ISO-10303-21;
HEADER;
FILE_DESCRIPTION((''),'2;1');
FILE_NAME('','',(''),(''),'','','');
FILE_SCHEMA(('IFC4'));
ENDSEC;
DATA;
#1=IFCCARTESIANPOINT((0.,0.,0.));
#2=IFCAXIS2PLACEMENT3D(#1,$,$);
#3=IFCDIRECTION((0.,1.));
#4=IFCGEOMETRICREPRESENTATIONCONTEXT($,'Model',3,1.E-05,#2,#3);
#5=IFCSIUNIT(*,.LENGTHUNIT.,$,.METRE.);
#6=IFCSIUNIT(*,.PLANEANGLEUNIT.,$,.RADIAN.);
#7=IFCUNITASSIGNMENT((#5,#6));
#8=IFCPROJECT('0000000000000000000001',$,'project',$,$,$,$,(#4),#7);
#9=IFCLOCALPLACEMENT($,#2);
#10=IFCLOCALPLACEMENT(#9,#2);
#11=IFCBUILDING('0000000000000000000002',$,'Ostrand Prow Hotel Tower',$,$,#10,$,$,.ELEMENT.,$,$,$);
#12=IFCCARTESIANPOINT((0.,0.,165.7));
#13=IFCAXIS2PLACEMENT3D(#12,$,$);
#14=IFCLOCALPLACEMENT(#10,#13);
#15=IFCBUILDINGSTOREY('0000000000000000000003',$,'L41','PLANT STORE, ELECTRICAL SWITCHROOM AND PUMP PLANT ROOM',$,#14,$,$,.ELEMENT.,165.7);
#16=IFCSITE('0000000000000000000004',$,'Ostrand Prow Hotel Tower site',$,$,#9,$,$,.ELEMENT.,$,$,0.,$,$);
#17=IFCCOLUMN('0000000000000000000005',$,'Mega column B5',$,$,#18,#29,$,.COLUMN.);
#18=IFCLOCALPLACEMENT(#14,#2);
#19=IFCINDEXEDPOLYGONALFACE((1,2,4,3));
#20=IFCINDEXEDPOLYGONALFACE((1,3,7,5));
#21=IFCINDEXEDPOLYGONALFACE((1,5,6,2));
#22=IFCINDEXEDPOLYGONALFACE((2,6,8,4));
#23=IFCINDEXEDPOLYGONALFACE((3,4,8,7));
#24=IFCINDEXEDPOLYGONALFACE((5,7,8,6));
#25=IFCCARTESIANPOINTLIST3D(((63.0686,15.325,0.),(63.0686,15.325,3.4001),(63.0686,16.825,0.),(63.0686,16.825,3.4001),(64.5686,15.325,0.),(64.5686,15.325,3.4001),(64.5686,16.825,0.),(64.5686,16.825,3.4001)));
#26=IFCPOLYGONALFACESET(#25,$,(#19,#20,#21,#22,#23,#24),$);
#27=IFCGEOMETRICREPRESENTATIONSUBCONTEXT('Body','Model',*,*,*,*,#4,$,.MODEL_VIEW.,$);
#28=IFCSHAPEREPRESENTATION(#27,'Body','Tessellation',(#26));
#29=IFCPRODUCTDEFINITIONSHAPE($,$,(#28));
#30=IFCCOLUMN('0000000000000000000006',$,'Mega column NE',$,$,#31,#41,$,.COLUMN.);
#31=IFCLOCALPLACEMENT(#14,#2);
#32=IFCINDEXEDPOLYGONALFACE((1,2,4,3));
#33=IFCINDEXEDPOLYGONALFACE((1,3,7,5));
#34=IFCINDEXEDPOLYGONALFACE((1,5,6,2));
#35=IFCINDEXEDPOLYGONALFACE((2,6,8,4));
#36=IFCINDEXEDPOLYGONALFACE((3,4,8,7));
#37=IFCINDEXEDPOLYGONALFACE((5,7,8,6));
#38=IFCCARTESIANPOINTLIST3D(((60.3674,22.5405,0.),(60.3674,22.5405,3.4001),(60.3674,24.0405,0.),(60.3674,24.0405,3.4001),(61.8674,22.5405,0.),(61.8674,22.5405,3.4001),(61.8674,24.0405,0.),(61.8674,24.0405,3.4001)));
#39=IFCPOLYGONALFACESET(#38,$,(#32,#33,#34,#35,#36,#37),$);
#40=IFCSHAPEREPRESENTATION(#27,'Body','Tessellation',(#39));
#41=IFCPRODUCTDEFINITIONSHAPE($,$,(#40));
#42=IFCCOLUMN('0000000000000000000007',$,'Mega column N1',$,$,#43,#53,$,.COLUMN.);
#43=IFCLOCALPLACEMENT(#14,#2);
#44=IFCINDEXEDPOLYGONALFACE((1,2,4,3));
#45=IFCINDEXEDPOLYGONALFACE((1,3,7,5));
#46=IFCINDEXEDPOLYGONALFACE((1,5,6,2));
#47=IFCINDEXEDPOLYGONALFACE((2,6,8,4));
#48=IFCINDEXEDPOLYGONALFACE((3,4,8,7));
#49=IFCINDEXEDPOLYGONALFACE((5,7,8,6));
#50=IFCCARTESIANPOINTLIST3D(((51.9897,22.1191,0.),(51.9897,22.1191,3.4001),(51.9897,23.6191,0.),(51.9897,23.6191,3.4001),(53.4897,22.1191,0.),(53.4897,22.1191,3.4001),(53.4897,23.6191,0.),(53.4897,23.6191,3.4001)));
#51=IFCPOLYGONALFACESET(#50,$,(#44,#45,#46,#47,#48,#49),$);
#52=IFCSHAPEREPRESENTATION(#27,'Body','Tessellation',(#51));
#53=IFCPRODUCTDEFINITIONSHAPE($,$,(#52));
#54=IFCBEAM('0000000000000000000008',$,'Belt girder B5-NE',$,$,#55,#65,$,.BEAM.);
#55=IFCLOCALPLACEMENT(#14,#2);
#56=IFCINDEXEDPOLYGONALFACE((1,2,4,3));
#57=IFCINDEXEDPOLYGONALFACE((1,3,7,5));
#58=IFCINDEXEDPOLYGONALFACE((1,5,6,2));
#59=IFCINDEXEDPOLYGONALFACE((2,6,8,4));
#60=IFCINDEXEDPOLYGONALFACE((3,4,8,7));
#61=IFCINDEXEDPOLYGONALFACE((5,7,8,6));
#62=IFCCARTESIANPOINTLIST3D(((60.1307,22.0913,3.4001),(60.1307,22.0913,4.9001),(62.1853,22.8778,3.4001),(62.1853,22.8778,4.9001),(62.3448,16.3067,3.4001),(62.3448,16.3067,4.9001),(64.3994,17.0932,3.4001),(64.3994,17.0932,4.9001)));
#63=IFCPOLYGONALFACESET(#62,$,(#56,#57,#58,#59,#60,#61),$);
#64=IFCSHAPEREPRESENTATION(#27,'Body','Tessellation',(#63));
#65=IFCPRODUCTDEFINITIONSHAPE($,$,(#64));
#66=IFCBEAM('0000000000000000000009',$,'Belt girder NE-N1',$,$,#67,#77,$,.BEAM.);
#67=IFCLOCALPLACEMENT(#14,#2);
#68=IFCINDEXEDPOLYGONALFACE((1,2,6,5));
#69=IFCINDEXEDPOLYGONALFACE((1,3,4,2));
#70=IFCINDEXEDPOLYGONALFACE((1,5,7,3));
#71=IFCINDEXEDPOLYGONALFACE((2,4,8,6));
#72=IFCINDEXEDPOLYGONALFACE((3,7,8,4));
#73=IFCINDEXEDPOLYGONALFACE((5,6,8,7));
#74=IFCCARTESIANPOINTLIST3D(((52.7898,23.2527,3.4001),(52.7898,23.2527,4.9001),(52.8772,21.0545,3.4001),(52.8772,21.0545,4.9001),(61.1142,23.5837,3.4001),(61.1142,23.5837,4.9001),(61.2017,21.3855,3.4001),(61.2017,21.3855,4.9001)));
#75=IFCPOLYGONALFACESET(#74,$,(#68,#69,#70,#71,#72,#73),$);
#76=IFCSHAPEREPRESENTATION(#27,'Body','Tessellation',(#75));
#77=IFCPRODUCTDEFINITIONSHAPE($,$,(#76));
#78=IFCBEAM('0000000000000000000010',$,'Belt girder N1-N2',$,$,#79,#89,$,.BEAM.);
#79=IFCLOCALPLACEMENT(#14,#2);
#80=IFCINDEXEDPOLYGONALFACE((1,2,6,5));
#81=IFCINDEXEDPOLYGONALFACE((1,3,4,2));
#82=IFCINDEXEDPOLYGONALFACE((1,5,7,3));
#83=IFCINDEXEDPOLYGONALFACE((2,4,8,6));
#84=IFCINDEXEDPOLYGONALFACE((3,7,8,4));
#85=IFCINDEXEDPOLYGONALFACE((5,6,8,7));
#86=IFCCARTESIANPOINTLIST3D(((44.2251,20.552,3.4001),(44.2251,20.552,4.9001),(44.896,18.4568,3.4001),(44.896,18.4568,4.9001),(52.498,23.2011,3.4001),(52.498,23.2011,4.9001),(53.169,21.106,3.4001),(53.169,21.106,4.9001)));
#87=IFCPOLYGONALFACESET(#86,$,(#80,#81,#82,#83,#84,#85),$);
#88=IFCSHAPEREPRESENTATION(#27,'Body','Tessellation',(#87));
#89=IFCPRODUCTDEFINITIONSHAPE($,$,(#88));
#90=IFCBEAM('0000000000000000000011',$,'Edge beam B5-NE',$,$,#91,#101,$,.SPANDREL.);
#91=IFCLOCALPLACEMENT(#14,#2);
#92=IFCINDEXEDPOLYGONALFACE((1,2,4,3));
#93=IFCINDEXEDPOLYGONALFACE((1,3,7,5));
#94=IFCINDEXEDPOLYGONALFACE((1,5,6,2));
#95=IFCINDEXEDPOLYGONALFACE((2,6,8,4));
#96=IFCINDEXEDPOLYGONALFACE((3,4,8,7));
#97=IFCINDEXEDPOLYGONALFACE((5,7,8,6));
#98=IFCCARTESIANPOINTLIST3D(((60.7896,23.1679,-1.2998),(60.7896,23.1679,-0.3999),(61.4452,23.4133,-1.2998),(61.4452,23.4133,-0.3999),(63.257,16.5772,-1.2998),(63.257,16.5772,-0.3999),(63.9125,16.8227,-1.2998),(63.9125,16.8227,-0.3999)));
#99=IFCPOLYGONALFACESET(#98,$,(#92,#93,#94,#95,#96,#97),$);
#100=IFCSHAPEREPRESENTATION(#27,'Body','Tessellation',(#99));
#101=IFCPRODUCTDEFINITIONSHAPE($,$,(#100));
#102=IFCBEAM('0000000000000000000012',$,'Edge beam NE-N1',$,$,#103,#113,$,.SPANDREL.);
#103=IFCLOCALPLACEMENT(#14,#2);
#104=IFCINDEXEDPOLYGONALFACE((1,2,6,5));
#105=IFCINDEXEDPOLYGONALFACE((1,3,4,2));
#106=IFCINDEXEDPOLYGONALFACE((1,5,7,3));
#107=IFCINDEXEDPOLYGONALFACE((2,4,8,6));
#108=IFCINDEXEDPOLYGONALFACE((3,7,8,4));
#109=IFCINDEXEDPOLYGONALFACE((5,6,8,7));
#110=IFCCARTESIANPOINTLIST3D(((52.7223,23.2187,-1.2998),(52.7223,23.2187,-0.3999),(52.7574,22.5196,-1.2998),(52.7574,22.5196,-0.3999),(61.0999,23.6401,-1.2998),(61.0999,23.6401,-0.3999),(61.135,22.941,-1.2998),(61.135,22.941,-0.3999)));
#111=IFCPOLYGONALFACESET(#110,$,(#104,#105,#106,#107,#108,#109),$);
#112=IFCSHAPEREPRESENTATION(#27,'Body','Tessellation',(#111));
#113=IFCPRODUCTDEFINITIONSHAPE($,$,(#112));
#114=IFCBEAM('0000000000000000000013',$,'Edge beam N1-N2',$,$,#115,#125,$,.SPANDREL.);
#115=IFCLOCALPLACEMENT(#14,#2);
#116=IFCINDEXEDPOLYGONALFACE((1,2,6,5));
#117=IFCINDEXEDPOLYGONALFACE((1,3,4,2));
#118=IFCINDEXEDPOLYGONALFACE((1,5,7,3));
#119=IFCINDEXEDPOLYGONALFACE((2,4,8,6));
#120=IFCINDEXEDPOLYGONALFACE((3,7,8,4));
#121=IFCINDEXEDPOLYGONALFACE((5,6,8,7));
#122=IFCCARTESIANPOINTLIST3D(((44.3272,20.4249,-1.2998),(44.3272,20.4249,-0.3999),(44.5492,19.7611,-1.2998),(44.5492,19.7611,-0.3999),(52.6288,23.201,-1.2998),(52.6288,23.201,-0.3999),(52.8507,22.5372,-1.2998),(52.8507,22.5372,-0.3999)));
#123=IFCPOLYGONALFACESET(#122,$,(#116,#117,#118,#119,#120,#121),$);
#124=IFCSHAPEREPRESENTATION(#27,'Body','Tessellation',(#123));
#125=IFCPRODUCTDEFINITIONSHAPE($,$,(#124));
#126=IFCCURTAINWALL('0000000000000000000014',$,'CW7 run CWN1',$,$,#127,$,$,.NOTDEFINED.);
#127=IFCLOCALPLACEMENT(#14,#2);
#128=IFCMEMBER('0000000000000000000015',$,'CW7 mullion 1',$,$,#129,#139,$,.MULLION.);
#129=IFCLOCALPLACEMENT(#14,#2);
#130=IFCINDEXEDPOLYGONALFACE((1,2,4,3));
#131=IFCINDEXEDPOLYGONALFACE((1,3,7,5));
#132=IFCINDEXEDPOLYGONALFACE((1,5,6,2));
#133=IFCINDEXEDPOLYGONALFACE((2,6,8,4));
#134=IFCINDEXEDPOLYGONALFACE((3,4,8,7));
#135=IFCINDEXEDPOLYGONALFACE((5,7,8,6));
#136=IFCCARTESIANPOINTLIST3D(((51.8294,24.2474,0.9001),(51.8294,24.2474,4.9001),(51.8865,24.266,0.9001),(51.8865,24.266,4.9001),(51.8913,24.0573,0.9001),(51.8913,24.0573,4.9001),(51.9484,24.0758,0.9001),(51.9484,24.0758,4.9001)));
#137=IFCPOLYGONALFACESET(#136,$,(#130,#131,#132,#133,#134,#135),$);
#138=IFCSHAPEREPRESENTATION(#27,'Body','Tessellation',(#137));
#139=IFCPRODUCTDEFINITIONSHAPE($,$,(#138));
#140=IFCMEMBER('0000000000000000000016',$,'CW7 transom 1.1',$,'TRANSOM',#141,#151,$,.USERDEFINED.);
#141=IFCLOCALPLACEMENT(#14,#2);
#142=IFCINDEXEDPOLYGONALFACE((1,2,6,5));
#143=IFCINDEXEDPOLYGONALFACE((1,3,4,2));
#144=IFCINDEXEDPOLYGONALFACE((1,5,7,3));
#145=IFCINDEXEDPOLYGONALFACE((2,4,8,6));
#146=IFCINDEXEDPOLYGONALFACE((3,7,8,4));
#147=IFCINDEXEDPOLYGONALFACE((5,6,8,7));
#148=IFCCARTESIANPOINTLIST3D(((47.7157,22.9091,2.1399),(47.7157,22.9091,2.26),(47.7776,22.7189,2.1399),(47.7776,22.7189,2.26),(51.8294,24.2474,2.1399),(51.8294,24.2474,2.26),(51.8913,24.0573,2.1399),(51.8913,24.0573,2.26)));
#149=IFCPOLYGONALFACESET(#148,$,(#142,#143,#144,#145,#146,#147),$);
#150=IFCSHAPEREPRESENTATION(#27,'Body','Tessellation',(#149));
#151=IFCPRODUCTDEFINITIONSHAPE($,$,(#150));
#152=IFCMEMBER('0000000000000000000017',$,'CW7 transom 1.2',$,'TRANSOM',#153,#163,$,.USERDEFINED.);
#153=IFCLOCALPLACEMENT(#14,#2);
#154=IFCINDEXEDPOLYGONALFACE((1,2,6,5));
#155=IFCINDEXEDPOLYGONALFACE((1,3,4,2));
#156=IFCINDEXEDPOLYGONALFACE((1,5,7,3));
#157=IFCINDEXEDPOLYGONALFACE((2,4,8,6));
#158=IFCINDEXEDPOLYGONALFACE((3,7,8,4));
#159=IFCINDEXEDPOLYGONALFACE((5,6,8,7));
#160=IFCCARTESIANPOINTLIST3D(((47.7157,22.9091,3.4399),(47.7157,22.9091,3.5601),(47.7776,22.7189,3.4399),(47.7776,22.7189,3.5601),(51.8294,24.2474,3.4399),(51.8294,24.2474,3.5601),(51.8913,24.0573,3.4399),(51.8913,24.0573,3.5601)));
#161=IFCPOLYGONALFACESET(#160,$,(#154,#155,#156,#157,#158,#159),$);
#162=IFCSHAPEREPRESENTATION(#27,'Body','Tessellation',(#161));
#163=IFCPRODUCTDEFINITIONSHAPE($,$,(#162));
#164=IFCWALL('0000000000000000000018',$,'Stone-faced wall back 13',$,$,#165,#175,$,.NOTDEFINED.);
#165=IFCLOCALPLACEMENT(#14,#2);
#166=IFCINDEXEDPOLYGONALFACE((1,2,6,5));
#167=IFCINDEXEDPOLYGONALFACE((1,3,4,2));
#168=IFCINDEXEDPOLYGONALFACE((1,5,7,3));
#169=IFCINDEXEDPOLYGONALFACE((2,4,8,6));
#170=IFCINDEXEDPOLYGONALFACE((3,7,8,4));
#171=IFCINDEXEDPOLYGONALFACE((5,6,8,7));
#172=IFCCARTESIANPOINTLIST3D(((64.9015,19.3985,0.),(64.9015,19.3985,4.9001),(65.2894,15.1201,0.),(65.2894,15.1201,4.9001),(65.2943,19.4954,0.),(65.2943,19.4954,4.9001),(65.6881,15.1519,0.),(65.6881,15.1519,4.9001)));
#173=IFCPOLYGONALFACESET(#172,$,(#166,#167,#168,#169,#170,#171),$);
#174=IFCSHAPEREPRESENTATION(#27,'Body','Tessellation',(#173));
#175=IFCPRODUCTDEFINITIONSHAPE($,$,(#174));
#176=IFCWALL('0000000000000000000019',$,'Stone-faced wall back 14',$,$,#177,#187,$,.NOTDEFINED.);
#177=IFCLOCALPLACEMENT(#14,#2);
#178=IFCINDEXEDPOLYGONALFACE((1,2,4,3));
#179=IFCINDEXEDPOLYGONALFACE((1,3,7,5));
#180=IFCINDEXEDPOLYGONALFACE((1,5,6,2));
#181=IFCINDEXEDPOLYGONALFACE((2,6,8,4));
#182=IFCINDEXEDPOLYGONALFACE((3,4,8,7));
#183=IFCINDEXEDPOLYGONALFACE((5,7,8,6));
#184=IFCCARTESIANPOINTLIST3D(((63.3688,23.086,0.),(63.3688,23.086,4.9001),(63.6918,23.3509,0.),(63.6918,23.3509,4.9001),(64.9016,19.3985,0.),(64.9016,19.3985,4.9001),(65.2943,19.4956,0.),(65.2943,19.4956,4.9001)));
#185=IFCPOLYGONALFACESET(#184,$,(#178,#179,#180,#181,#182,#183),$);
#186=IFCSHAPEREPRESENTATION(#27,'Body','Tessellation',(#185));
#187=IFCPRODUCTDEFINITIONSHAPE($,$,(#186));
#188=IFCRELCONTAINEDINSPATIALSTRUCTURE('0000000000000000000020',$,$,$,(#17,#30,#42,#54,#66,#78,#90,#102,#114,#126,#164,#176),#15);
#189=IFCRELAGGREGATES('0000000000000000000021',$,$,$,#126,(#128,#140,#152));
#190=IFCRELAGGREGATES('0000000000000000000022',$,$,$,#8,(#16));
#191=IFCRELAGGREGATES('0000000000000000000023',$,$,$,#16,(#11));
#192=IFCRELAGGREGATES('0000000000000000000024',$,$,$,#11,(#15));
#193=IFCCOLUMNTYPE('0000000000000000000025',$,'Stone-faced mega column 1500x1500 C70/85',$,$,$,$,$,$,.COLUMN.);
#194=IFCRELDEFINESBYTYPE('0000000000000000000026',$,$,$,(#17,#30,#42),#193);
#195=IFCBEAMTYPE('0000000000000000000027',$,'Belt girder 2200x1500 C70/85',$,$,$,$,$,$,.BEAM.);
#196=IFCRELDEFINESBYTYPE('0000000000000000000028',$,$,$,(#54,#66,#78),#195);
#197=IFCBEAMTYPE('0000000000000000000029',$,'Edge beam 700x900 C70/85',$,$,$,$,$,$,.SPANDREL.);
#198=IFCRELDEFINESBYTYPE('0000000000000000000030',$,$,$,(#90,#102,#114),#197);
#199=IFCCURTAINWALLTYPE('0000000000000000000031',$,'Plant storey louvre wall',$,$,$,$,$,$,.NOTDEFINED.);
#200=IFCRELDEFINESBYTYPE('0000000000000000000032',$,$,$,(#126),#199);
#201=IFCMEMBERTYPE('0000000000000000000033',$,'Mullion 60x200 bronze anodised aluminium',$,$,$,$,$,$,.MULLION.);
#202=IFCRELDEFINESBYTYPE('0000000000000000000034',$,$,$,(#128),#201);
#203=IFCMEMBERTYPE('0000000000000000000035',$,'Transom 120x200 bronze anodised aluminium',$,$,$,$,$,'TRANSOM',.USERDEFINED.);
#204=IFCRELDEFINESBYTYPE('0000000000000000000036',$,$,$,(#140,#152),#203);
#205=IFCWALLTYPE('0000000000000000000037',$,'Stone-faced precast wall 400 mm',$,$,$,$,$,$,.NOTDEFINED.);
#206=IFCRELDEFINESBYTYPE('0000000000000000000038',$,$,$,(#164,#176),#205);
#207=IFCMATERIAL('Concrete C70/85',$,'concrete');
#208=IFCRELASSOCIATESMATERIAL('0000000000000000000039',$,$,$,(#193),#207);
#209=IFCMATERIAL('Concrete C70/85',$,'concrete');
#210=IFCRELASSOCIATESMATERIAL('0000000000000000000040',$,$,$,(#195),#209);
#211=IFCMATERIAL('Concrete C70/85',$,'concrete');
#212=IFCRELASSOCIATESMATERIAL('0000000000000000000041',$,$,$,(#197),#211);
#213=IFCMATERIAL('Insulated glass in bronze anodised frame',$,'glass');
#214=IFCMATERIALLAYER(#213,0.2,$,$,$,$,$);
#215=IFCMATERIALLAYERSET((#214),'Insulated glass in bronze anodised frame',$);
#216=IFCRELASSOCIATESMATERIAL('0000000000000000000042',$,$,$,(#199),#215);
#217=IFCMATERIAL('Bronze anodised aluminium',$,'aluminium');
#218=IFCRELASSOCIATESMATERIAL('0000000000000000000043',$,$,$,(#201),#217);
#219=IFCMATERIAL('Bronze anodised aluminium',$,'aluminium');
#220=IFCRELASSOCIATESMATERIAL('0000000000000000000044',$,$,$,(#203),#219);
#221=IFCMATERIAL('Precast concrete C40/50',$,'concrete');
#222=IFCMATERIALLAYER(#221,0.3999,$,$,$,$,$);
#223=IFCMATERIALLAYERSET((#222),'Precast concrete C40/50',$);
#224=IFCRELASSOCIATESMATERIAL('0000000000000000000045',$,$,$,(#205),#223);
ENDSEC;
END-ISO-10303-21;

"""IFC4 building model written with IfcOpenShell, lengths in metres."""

from ifc_helpers import new_model, si_unit, direction, frame, origin, origin_2d, place, context, subcontext, project, spatial, polyline, rectangle, outline, extrude, material, layer, layer_set, material_profile, profile_set, type_object, element, aggregate, save


model = new_model("IFC4")

# Units and contexts
model_context = context("Model", 3, precision=1e-05, world=origin(), true_north=direction((0.0, 1.0)))
body_context = subcontext(model_context, "Body", "Model", "MODEL_VIEW")
ifc_project = project(units=[si_unit("LENGTHUNIT", "METRE"), si_unit("PLANEANGLEUNIT", "RADIAN")], contexts=[model_context])

# Site, building, storey
site_placement = place(None, origin())
site = spatial("IfcSite", under=ifc_project, at=site_placement, Name="Ostrand Prow Hotel Tower site", CompositionType="ELEMENT", RefElevation=0.0)
building_placement = place(site_placement, origin())
building = spatial("IfcBuilding", under=site, at=building_placement, Name="Ostrand Prow Hotel Tower", CompositionType="ELEMENT")
storey_placement = place(building_placement, frame((0.0, 0.0, 165.7)))
storey = spatial("IfcBuildingStorey", under=building, at=storey_placement, Name="L41", Description="PLANT STORE, ELECTRICAL SWITCHROOM AND PUMP PLANT ROOM", CompositionType="ELEMENT", Elevation=165.7)

# Columns
ifc_material_1 = material(Name="Concrete C70/85", Category="concrete")
ifc_material_profile_1 = material_profile(ifc_material_1, rectangle(XDim=1.5, YDim=1.5, at=origin_2d()), Name="RC 1500x1500")
ifc_profile_set_1 = profile_set([ifc_material_profile_1], Name="Concrete C70/85")
column_type = type_object("IfcColumnType", Name="Stone-faced mega column 1500x1500 C70/85", PredefinedType="COLUMN", material=ifc_profile_set_1)
for number, where, z_axis, x_axis, name in (
    (1, (63.8186, 16.075, 0.0), (0.0, 0.0, 1.0), (1.0, 0.0, 0.0), "Mega column B5"),
    (2, (61.1174, 23.2905, 0.0), (0.0, 0.0, 1.0), (1.0, 0.0, 0.0), "Mega column NE"),
    (3, (52.7397, 22.8691, 0.0), (0.0, 0.0, 1.0), (1.0, 0.0, 0.0), "Mega column N1"),
):
    element("IfcColumn", number, at=place(storey_placement, frame(where, z_axis=z_axis, x_axis=x_axis)), inside=storey, type_object=column_type, Name=name, PredefinedType="COLUMN", context=body_context, shape_type="SweptSolid", body=[
        extrude(rectangle(XDim=1.5, YDim=1.5, at=origin_2d()), origin(), (0.0, 0.0, 1.0), 3.4001),
    ])

# Beams
ifc_material_2 = material(Name="Concrete C70/85", Category="concrete")
ifc_material_profile_2 = material_profile(ifc_material_2, rectangle(XDim=2.2, YDim=1.5, at=origin_2d()), Name="RC 2200x1500")
ifc_profile_set_2 = profile_set([ifc_material_profile_2], Name="Concrete C70/85")
beam_type_1 = type_object("IfcBeamType", Name="Belt girder 2200x1500 C70/85", PredefinedType="BEAM", material=ifc_profile_set_2)
beam_1_placement = place(storey_placement, frame((63.3721, 16.7, 4.1501), z_axis=(-0.357465, 0.933926, 0.0), x_axis=(-0.933926, -0.357465, 0.0)))
element("IfcBeam", 4, at=beam_1_placement, inside=storey, type_object=beam_type_1, Name="Belt girder B5-NE", PredefinedType="BEAM", context=body_context, shape_type="SweptSolid", body=[
    extrude(rectangle(XDim=2.2, YDim=1.5, at=origin_2d()), origin(), (0.0, 0.0, 1.0), 6.1938),
])
beam_2_placement = place(storey_placement, frame((61.158, 22.4846, 4.1501), z_axis=(-0.99921, -0.039737, 0.0), x_axis=(0.039737, -0.99921, 0.0)))
element("IfcBeam", 5, at=beam_2_placement, inside=storey, type_object=beam_type_1, Name="Belt girder NE-N1", PredefinedType="BEAM", context=body_context, shape_type="SweptSolid", body=[
    extrude(rectangle(XDim=2.2, YDim=1.5, at=origin_2d()), origin(), (0.0, 0.0, 1.0), 8.3311),
])
beam_3_placement = place(storey_placement, frame((52.8335, 22.1536, 4.1501), z_axis=(-0.952363, -0.304966, 0.0), x_axis=(0.304966, -0.952363, 0.0)))
element("IfcBeam", 6, at=beam_3_placement, inside=storey, type_object=beam_type_1, Name="Belt girder N1-N2", PredefinedType="BEAM", context=body_context, shape_type="SweptSolid", body=[
    extrude(rectangle(XDim=2.2, YDim=1.5, at=origin_2d()), origin(), (0.0, 0.0, 1.0), 8.6868),
])
ifc_material_3 = material(Name="Concrete C70/85", Category="concrete")
ifc_material_profile_3 = material_profile(ifc_material_3, rectangle(XDim=0.7, YDim=0.8999, at=origin_2d()), Name="RC 700x900")
ifc_profile_set_3 = profile_set([ifc_material_profile_3], Name="Concrete C70/85")
beam_type_2 = type_object("IfcBeamType", Name="Edge beam 700x900 C70/85", PredefinedType="SPANDREL", material=ifc_profile_set_3)
beam_4_placement = place(storey_placement, frame((63.5847, 16.7, -0.8499), z_axis=(-0.350603, 0.936524, 0.0), x_axis=(-0.936524, -0.350603, 0.0)))
element("IfcBeam", 7, at=beam_4_placement, inside=storey, type_object=beam_type_2, Name="Edge beam B5-NE", PredefinedType="SPANDREL", context=body_context, shape_type="SweptSolid", body=[
    extrude(rectangle(XDim=0.7, YDim=0.8999, at=origin_2d()), origin(), (0.0, 0.0, 1.0), 7.0374),
])
beam_5_placement = place(storey_placement, frame((61.1174, 23.2905, -0.8499), z_axis=(-0.998737, -0.050235, 0.0), x_axis=(0.050235, -0.998737, 0.0)))
element("IfcBeam", 8, at=beam_5_placement, inside=storey, type_object=beam_type_2, Name="Edge beam NE-N1", PredefinedType="SPANDREL", context=body_context, shape_type="SweptSolid", body=[
    extrude(rectangle(XDim=0.7, YDim=0.8999, at=origin_2d()), origin(), (0.0, 0.0, 1.0), 8.3882),
])
beam_6_placement = place(storey_placement, frame((52.7397, 22.8691, -0.8499), z_axis=(-0.948376, -0.317148, 0.0), x_axis=(0.317148, -0.948376, 0.0)))
element("IfcBeam", 9, at=beam_6_placement, inside=storey, type_object=beam_type_2, Name="Edge beam N1-N2", PredefinedType="SPANDREL", context=body_context, shape_type="SweptSolid", body=[
    extrude(rectangle(XDim=0.7, YDim=0.8999, at=origin_2d()), origin(), (0.0, 0.0, 1.0), 8.7534),
])

# Curtain wall, members
ifc_material_4 = material(Name="Insulated glass in bronze anodised frame", Category="glass")
ifc_layer_1 = layer(ifc_material_4, 0.2)
ifc_layer_set_1 = layer_set([ifc_layer_1], Name="Insulated glass in bronze anodised frame")
curtain_wall_type = type_object("IfcCurtainWallType", Name="Plant storey louvre wall", PredefinedType="NOTDEFINED", material=ifc_layer_set_1)
curtain_wall_placement = place(storey_placement, origin())
curtain_wall = element("IfcCurtainWall", 10, at=curtain_wall_placement, inside=storey, type_object=curtain_wall_type, Name="CW7 run CWN1", PredefinedType="NOTDEFINED")
ifc_material_5 = material(Name="Bronze anodised aluminium", Category="aluminium")
ifc_material_profile_4 = material_profile(ifc_material_5, rectangle(XDim=0.2, YDim=0.0601, at=origin_2d()), Name="Mullion 60x200 bronze anodised aluminium")
ifc_profile_set_4 = profile_set([ifc_material_profile_4], Name="Bronze anodised aluminium")
member_type_1 = type_object("IfcMemberType", Name="Mullion 60x200 bronze anodised aluminium", PredefinedType="MULLION", material=ifc_profile_set_4)
member_1_placement = place(storey_placement, frame((51.8889, 24.1616, 0.9001), z_axis=(0.0, 0.0, 1.0), x_axis=(0.30938, -0.950938, 0.0)))
member_1 = element("IfcMember", 11, at=member_1_placement, type_object=member_type_1, Name="CW7 mullion 1", PredefinedType="MULLION", context=body_context, shape_type="SweptSolid", body=[
    extrude(rectangle(XDim=0.2, YDim=0.0601, at=origin_2d()), origin(), (0.0, 0.0, 1.0), 4.0),
])
ifc_material_6 = material(Name="Bronze anodised aluminium", Category="aluminium")
ifc_material_profile_5 = material_profile(ifc_material_6, rectangle(XDim=0.2, YDim=0.1201, at=origin_2d()), Name="Transom 120x200 bronze anodised aluminium")
ifc_profile_set_5 = profile_set([ifc_material_profile_5], Name="Bronze anodised aluminium")
member_type_2 = type_object("IfcMemberType", Name="Transom 120x200 bronze anodised aluminium", ElementType="TRANSOM", PredefinedType="USERDEFINED", material=ifc_profile_set_5)
member_2_placement = place(storey_placement, frame((51.8604, 24.1523, 2.2), z_axis=(-0.950939, -0.30938, 0.0), x_axis=(0.30938, -0.950939, 0.0)))
member_2 = element("IfcMember", 12, at=member_2_placement, type_object=member_type_2, Name="CW7 transom 1.1", ObjectType="TRANSOM", PredefinedType="USERDEFINED", context=body_context, shape_type="SweptSolid", body=[
    extrude(rectangle(XDim=0.2, YDim=0.1201, at=origin_2d()), origin(), (0.0, 0.0, 1.0), 4.3259),
])
member_3_placement = place(storey_placement, frame((51.8604, 24.1523, 3.5), z_axis=(-0.950939, -0.30938, 0.0), x_axis=(0.30938, -0.950939, 0.0)))
member_3 = element("IfcMember", 13, at=member_3_placement, type_object=member_type_2, Name="CW7 transom 1.2", ObjectType="TRANSOM", PredefinedType="USERDEFINED", context=body_context, shape_type="SweptSolid", body=[
    extrude(rectangle(XDim=0.2, YDim=0.1201, at=origin_2d()), origin(), (0.0, 0.0, 1.0), 4.3259),
])
aggregate(curtain_wall, [member_1, member_2, member_3])

# Walls
ifc_material_7 = material(Name="Precast concrete C40/50", Category="concrete")
ifc_layer_2 = layer(ifc_material_7, 0.3999)
ifc_layer_set_2 = layer_set([ifc_layer_2], Name="Precast concrete C40/50")
wall_type = type_object("IfcWallType", Name="Stone-faced precast wall 400 mm", PredefinedType="NOTDEFINED", material=ifc_layer_set_2)
wall_1_placement = place(storey_placement, frame((65.4888, 15.136, 0.0), z_axis=(0.0, 0.0, 1.0), x_axis=(-0.090297, 0.995915, 0.0)))
element("IfcWall", 14, at=wall_1_placement, inside=storey, type_object=wall_type, Name="Stone-faced wall back 13", PredefinedType="NOTDEFINED", context=body_context, shape_type="SweptSolid", body=[
    extrude(outline(polyline([(-0.0022, -0.2), (4.3591, -0.2), (4.2981, 0.2), (0.0022, 0.2), (-0.0022, -0.2)])), origin(), (0.0, 0.0, 1.0), 4.9001),
])
wall_2_placement = place(storey_placement, frame((65.0979, 19.447, 0.0), z_axis=(0.0, 0.0, 1.0), x_axis=(-0.383817, 0.923409, 0.0)))
element("IfcWall", 15, at=wall_2_placement, inside=storey, type_object=wall_type, Name="Stone-faced wall back 14", PredefinedType="NOTDEFINED", context=body_context, shape_type="SweptSolid", body=[
    extrude(outline(polyline([(-0.0305, -0.2), (4.1445, -0.2), (4.0239, 0.2), (0.0305, 0.2), (-0.0305, -0.2)])), origin(), (0.0, 0.0, 1.0), 4.9001),
])

save(model, "model.ifc")
